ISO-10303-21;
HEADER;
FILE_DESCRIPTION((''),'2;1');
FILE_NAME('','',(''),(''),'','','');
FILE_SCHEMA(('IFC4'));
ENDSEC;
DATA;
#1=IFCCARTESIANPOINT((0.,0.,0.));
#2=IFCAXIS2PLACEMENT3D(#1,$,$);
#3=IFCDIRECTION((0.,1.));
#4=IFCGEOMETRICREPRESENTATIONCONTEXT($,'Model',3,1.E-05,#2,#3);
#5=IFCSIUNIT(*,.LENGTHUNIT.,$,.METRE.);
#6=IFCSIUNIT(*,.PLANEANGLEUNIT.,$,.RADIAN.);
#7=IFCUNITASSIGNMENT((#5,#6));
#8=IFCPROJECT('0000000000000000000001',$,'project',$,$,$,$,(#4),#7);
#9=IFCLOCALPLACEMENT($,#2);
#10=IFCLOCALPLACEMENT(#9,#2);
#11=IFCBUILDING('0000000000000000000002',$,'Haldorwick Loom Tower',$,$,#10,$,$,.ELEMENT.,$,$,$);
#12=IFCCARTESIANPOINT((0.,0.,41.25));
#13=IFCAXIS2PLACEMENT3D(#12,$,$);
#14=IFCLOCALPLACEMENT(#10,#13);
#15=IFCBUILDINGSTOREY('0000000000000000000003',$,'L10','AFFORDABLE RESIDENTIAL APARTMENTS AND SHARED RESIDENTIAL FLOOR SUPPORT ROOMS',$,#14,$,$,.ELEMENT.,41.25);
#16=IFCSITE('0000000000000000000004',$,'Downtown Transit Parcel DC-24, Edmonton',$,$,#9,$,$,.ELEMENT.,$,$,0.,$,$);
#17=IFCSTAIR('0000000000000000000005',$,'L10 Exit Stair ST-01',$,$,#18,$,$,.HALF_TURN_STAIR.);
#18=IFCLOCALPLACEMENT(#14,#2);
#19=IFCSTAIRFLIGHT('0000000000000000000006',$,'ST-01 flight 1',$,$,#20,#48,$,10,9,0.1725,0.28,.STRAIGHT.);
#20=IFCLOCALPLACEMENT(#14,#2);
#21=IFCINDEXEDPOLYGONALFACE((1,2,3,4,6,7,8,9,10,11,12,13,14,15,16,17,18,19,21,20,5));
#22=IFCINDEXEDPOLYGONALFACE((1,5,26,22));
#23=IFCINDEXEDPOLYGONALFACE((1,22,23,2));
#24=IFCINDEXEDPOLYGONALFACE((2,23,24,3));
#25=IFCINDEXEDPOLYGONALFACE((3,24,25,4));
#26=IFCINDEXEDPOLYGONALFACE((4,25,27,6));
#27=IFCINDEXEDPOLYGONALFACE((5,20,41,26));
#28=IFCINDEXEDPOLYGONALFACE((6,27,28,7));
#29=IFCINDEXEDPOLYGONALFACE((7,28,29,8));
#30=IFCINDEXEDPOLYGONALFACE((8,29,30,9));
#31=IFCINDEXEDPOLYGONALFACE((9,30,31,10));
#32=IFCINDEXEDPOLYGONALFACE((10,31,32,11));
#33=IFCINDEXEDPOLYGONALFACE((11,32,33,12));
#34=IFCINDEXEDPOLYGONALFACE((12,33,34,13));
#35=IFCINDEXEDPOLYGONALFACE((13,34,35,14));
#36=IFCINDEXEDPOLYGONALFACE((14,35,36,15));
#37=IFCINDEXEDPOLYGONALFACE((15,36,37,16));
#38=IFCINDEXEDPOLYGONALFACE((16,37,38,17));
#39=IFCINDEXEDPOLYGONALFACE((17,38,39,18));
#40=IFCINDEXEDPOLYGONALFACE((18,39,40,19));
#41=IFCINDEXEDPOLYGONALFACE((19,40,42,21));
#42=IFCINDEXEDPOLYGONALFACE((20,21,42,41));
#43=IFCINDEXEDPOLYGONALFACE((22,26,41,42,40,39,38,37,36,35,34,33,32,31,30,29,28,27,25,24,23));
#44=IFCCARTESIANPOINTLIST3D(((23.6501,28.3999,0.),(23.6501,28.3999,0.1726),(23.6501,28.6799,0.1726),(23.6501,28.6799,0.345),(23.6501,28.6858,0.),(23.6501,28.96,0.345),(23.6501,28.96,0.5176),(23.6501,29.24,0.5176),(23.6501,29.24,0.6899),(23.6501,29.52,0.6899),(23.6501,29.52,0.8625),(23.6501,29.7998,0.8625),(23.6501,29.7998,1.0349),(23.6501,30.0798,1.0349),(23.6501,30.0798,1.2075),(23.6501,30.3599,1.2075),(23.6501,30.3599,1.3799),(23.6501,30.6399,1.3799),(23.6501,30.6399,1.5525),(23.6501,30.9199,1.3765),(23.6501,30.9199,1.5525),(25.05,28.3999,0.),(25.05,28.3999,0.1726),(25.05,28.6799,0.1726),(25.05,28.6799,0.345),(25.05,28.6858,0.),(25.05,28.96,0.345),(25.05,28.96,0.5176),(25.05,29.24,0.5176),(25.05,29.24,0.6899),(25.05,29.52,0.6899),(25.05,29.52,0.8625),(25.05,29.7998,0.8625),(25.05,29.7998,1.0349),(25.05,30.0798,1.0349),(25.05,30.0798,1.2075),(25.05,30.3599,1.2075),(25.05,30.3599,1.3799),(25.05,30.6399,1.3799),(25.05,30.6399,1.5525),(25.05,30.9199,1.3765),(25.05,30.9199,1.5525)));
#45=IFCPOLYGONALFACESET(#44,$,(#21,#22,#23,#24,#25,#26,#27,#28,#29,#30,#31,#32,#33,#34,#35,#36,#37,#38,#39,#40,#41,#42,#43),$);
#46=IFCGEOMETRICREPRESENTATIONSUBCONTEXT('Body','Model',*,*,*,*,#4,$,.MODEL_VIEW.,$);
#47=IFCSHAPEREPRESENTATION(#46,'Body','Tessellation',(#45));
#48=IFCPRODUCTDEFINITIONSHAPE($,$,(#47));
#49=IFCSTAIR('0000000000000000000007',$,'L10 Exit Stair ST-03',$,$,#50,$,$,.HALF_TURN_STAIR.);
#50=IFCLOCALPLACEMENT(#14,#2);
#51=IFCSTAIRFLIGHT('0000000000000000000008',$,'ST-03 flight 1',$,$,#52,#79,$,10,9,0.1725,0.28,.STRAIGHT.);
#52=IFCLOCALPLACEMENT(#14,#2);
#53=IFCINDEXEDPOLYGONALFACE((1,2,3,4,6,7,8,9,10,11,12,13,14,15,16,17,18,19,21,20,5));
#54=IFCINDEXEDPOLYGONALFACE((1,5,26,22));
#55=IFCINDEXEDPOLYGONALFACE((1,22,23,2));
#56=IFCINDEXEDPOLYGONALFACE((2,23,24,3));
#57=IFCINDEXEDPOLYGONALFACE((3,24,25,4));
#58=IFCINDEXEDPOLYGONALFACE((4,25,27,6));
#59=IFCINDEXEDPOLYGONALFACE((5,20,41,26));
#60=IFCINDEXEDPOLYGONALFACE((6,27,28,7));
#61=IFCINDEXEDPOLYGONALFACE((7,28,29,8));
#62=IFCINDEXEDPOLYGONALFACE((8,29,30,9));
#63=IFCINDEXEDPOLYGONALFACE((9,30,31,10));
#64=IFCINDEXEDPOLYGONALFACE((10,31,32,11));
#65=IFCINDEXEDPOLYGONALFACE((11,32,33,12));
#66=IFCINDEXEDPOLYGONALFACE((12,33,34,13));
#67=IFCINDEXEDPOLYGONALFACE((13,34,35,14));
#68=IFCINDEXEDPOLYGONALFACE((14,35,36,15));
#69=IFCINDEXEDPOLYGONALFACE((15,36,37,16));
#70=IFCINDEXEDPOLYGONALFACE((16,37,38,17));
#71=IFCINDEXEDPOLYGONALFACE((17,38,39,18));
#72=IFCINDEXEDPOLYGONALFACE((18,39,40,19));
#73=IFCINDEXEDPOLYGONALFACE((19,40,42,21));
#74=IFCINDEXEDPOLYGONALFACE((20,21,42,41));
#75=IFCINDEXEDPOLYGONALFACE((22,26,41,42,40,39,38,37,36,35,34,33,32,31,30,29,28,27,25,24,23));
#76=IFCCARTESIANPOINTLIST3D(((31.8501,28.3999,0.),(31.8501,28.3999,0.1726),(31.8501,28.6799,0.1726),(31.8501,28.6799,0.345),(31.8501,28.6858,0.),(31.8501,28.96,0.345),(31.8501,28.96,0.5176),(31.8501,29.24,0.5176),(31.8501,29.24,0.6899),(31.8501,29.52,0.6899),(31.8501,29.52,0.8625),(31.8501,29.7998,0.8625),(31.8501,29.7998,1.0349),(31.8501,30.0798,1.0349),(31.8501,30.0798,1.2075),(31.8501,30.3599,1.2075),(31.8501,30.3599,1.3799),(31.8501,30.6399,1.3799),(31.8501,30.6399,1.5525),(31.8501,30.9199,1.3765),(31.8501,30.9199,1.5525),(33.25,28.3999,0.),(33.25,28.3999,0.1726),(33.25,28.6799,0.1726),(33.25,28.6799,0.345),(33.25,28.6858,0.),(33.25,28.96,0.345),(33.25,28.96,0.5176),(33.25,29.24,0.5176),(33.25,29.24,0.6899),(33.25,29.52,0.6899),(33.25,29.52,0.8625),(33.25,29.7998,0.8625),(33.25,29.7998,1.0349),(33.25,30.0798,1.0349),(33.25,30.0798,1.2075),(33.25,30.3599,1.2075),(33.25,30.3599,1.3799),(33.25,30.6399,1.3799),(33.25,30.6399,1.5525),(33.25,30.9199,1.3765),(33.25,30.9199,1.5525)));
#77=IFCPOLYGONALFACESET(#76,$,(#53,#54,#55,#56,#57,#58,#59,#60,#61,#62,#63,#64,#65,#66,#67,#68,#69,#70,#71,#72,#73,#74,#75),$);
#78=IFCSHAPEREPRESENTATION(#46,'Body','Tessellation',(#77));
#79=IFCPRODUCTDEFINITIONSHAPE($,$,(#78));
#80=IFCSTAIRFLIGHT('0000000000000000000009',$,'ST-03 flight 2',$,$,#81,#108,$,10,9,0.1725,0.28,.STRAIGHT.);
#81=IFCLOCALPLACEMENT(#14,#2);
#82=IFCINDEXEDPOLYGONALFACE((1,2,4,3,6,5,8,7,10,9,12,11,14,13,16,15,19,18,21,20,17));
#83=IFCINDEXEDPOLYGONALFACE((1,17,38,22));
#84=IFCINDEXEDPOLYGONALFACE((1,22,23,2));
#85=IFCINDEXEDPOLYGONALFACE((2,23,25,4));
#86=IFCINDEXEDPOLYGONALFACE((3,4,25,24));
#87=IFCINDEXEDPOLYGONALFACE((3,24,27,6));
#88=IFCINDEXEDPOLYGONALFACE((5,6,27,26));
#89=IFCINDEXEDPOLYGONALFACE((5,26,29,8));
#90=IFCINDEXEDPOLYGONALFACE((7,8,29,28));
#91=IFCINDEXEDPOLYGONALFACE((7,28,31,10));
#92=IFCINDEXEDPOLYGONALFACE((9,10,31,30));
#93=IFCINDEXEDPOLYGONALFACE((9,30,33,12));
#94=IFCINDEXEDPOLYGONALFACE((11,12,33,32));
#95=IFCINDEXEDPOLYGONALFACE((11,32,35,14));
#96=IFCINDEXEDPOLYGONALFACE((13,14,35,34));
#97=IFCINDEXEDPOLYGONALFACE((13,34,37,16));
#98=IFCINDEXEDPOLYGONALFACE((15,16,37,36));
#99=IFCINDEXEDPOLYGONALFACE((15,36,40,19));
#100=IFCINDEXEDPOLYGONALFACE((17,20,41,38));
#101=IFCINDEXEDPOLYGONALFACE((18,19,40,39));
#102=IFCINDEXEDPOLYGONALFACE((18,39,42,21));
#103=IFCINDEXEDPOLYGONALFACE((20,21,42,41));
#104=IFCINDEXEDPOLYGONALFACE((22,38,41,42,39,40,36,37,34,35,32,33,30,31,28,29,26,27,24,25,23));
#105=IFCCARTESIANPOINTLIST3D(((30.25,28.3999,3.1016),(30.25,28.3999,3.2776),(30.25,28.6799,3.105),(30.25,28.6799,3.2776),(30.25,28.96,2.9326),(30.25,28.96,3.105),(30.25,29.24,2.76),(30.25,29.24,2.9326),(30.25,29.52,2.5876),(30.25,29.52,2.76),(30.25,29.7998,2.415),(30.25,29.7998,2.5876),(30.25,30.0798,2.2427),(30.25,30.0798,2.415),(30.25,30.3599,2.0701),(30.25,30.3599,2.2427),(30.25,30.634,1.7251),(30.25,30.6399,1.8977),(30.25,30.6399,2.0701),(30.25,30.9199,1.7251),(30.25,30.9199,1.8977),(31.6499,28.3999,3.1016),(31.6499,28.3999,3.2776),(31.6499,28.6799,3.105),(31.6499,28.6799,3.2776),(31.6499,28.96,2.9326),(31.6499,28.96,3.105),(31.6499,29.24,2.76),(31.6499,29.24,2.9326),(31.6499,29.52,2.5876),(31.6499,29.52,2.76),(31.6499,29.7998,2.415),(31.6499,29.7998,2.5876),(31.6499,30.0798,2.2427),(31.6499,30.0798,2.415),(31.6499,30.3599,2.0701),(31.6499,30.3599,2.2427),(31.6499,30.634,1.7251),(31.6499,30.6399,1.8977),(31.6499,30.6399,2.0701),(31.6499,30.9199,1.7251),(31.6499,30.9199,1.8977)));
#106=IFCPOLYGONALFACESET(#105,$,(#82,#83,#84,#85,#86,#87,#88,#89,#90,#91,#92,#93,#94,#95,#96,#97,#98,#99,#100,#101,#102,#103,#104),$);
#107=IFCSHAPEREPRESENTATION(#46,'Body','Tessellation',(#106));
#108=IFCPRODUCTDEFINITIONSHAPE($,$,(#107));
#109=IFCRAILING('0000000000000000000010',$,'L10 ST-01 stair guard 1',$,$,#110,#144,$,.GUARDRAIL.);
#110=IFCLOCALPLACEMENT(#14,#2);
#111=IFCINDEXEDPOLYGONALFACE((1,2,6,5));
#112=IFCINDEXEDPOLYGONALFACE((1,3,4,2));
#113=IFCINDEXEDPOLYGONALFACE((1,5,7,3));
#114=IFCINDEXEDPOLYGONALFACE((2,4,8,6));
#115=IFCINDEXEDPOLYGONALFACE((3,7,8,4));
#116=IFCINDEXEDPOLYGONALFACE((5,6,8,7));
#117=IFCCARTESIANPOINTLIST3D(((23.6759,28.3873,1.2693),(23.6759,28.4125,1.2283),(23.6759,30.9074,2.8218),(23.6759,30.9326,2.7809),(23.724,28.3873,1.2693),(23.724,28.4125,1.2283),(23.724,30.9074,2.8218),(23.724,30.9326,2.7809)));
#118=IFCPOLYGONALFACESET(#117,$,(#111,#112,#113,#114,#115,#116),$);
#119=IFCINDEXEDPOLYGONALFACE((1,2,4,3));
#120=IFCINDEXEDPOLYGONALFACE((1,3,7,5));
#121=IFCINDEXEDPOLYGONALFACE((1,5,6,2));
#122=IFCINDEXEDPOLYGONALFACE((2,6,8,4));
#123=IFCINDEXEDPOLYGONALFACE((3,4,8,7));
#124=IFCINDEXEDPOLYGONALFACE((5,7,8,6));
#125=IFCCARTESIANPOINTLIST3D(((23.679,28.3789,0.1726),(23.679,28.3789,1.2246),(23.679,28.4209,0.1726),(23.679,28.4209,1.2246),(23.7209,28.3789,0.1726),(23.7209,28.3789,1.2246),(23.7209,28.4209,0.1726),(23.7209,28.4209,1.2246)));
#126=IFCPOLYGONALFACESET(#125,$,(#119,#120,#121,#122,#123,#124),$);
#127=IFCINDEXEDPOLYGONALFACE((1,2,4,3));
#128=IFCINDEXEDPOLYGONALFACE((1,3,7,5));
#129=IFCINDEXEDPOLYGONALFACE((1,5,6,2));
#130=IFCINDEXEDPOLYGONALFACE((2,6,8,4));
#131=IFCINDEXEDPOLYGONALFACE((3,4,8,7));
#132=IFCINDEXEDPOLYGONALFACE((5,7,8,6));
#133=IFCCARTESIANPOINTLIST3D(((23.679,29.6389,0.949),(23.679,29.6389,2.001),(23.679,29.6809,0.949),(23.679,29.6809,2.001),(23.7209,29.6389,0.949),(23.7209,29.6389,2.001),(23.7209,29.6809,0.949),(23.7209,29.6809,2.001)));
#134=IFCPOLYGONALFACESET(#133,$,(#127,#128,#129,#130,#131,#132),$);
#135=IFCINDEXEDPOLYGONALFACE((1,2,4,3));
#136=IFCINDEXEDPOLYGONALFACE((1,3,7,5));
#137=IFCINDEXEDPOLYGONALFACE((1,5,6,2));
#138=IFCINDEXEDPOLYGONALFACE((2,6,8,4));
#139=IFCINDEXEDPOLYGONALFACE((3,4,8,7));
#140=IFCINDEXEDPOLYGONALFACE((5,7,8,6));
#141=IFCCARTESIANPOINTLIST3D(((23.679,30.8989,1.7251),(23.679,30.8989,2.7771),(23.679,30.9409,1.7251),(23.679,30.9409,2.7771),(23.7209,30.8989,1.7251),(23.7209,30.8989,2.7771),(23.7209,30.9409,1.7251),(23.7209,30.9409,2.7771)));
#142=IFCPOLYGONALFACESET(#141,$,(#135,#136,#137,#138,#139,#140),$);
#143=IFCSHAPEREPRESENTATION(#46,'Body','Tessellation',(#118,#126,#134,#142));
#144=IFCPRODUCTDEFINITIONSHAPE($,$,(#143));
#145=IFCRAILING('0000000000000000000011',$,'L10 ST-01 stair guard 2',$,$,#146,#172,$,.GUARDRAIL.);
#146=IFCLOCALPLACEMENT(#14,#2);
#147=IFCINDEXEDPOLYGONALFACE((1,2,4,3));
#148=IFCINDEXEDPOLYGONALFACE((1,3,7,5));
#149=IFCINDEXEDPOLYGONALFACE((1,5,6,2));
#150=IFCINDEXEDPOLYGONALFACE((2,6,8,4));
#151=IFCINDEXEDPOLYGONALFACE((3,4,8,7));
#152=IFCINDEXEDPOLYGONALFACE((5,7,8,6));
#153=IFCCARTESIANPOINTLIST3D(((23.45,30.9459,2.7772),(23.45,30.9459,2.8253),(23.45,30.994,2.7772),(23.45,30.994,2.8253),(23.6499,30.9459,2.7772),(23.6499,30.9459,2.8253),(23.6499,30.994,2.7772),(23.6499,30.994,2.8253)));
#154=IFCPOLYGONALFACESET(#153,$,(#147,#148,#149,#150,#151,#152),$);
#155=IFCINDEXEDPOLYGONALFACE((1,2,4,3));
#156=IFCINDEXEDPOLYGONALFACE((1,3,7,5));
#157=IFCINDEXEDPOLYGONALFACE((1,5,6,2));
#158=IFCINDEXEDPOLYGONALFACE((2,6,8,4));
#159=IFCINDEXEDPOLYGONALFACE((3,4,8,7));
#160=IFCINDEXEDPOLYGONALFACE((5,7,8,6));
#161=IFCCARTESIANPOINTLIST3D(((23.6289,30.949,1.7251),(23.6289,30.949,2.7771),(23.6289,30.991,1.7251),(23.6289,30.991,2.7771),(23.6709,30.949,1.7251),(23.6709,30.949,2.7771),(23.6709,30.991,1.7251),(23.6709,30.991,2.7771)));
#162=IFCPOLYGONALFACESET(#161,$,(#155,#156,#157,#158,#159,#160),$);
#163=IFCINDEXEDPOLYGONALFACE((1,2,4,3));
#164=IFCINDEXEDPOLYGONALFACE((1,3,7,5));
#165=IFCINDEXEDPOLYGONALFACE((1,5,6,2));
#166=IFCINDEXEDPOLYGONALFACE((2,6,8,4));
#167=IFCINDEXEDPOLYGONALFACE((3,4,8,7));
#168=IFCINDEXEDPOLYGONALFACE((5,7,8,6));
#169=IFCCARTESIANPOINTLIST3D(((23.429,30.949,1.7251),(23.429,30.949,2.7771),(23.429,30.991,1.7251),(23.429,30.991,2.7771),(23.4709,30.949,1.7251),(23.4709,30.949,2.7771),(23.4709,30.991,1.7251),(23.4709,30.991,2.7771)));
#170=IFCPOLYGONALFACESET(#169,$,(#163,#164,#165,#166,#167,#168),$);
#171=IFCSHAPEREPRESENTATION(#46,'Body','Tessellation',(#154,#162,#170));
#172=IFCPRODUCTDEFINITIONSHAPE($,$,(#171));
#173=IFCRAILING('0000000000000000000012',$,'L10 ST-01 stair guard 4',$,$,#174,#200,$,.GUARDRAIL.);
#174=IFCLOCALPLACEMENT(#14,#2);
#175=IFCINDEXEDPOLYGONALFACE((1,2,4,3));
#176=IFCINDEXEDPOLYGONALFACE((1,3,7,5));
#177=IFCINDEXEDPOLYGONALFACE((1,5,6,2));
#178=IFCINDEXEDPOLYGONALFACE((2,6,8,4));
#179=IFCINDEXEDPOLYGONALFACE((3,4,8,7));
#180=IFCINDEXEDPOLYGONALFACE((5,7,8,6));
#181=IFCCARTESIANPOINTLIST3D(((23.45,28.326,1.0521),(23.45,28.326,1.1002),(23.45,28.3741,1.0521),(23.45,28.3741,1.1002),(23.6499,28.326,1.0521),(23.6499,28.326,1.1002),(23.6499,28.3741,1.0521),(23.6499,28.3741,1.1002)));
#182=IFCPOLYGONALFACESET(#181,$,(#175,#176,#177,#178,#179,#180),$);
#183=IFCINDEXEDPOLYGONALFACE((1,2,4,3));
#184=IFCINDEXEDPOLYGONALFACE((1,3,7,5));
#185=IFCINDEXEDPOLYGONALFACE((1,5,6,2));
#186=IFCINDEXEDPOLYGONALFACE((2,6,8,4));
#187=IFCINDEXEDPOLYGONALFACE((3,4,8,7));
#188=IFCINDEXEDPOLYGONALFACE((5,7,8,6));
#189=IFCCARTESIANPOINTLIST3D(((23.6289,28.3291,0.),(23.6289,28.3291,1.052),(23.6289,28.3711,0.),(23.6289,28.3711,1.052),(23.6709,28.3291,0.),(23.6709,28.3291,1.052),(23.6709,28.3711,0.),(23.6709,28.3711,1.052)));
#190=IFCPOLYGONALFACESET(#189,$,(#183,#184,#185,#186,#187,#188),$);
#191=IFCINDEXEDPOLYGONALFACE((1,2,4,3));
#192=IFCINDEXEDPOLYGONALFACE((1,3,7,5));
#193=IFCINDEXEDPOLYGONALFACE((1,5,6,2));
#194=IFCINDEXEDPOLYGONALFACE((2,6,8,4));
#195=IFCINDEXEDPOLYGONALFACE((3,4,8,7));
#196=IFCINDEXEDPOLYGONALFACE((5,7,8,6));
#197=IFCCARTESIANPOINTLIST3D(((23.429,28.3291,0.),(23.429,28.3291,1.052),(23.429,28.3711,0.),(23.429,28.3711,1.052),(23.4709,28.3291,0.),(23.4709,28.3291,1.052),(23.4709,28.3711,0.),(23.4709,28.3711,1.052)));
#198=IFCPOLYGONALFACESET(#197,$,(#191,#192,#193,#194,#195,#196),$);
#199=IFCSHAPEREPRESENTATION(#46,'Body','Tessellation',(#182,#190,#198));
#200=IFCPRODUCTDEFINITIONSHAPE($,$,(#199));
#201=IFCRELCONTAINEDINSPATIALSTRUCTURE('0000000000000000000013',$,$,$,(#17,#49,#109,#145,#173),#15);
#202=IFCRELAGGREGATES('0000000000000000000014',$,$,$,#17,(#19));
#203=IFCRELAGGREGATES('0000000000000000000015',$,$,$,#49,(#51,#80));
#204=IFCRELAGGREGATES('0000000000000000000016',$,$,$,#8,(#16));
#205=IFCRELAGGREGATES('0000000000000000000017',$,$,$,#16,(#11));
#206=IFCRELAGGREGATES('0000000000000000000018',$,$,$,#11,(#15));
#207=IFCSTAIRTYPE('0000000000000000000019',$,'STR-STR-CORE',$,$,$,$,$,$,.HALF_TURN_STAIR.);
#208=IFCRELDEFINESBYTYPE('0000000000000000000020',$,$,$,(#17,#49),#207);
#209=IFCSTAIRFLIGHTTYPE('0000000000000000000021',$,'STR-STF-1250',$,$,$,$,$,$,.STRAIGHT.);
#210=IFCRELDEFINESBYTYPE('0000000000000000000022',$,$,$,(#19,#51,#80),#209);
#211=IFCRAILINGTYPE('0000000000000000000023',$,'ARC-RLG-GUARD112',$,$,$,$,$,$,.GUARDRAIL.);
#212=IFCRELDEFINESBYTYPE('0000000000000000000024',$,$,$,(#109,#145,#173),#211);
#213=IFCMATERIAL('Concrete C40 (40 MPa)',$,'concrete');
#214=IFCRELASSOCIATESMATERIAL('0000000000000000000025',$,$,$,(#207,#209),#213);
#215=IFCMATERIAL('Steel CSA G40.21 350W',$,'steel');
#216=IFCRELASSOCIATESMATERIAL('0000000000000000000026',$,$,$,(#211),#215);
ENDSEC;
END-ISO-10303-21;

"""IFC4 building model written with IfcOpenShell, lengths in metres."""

from ifc_helpers import new_model, si_unit, direction, frame, origin, origin_2d, place, context, subcontext, project, spatial, polyline, rectangle, outline, extrude, material, type_object, element, aggregate, save


model = new_model("IFC4")

# Units and contexts
model_context = context("Model", 3, precision=1e-05, world=origin(), true_north=direction((0.0, 1.0)))
body_context = subcontext(model_context, "Body", "Model", "MODEL_VIEW")
ifc_project = project(units=[si_unit("LENGTHUNIT", "METRE"), si_unit("PLANEANGLEUNIT", "RADIAN")], contexts=[model_context])

# Site, building, storey
site_placement = place(None, origin())
site = spatial("IfcSite", under=ifc_project, at=site_placement, Name="Downtown Transit Parcel DC-24, Edmonton", CompositionType="ELEMENT", RefElevation=0.0)
building_placement = place(site_placement, origin())
building = spatial("IfcBuilding", under=site, at=building_placement, Name="Haldorwick Loom Tower", CompositionType="ELEMENT")
storey_placement = place(building_placement, frame((0.0, 0.0, 41.25)))
storey = spatial("IfcBuildingStorey", under=building, at=storey_placement, Name="L10", Description="AFFORDABLE RESIDENTIAL APARTMENTS AND SHARED RESIDENTIAL FLOOR SUPPORT ROOMS", CompositionType="ELEMENT", Elevation=41.25)

# Shared definitions
ifc_material_1 = material(Name="Steel CSA G40.21 350W", Category="steel")

# Stair, stair flight
ifc_material_2 = material(Name="Concrete C40 (40 MPa)", Category="concrete")
stair_type = type_object("IfcStairType", Name="STR-STR-CORE", PredefinedType="HALF_TURN_STAIR", material=ifc_material_2)
stair_1_placement = place(storey_placement, origin())
stair_1 = element("IfcStair", 1, at=stair_1_placement, inside=storey, type_object=stair_type, Name="L10 Exit Stair ST-01", PredefinedType="HALF_TURN_STAIR")
stair_flight_type = type_object("IfcStairFlightType", Name="STR-STF-1250", PredefinedType="STRAIGHT", material=ifc_material_2)
stair_flight_1_placement = place(storey_placement, frame((24.3501, 28.3999, 0.0), z_axis=(0.0, 0.0, 1.0), x_axis=(0.0, 1.0, 0.0)))
stair_flight_1 = element("IfcStairFlight", 2, at=stair_flight_1_placement, type_object=stair_flight_type, Name="ST-01 flight 1", NumberOfRisers=10, NumberOfTreads=9, PredefinedType="STRAIGHT", RiserHeight=0.1725, TreadLength=0.28, context=body_context, shape_type="SweptSolid", body=[
    extrude(outline(polyline([(0.0, 0.0), (0.0, 0.1726), (0.28, 0.1726), (0.28, 0.345), (0.5601, 0.345), (0.5601, 0.5176), (0.8401, 0.5176), (0.8401, 0.6899), (1.1201, 0.6899), (1.1201, 0.8625), (1.3999, 0.8625), (1.3999, 1.0349), (1.6799, 1.0349), (1.6799, 1.2075), (1.96, 1.2075), (1.96, 1.3799), (2.24, 1.3799), (2.24, 1.5525), (2.52, 1.5525), (2.52, 1.7251), (2.52, 1.3765), (0.2859, 0.0), (0.0, 0.0)])), frame((0.0, 0.7, 0.0), z_axis=(0.0, -1.0, 0.0), x_axis=(1.0, 0.0, 0.0)), (0.0, 0.0, 1.0), 1.3999),
])
aggregate(stair_1, [stair_flight_1])

# Stair, stair flights
stair_2_placement = place(storey_placement, origin())
stair_2 = element("IfcStair", 3, at=stair_2_placement, inside=storey, type_object=stair_type, Name="L10 Exit Stair ST-03", PredefinedType="HALF_TURN_STAIR")
stair_flight_2_placement = place(storey_placement, frame((32.55, 28.3999, 0.0), z_axis=(0.0, 0.0, 1.0), x_axis=(0.0, 1.0, 0.0)))
stair_flight_2 = element("IfcStairFlight", 4, at=stair_flight_2_placement, type_object=stair_flight_type, Name="ST-03 flight 1", NumberOfRisers=10, NumberOfTreads=9, PredefinedType="STRAIGHT", RiserHeight=0.1725, TreadLength=0.28, context=body_context, shape_type="SweptSolid", body=[
    extrude(outline(polyline([(0.0, 0.0), (0.0, 0.1726), (0.28, 0.1726), (0.28, 0.345), (0.5601, 0.345), (0.5601, 0.5176), (0.8401, 0.5176), (0.8401, 0.6899), (1.1201, 0.6899), (1.1201, 0.8625), (1.3999, 0.8625), (1.3999, 1.0349), (1.6799, 1.0349), (1.6799, 1.2075), (1.96, 1.2075), (1.96, 1.3799), (2.24, 1.3799), (2.24, 1.5525), (2.52, 1.5525), (2.52, 1.7251), (2.52, 1.3765), (0.2859, 0.0), (0.0, 0.0)])), frame((0.0, 0.7, 0.0), z_axis=(0.0, -1.0, 0.0), x_axis=(1.0, 0.0, 0.0)), (0.0, 0.0, 1.0), 1.3999),
])
stair_flight_3_placement = place(storey_placement, frame((30.95, 30.9199, 1.7251), z_axis=(0.0, 0.0, 1.0), x_axis=(0.0, -1.0, 0.0)))
stair_flight_3 = element("IfcStairFlight", 5, at=stair_flight_3_placement, type_object=stair_flight_type, Name="ST-03 flight 2", NumberOfRisers=10, NumberOfTreads=9, PredefinedType="STRAIGHT", RiserHeight=0.1725, TreadLength=0.28, context=body_context, shape_type="SweptSolid", body=[
    extrude(outline(polyline([(0.0, 0.0), (0.0, 0.1726), (0.28, 0.1726), (0.28, 0.345), (0.5601, 0.345), (0.5601, 0.5176), (0.8401, 0.5176), (0.8401, 0.6899), (1.1201, 0.6899), (1.1201, 0.8625), (1.3999, 0.8625), (1.3999, 1.0349), (1.6799, 1.0349), (1.6799, 1.2075), (1.96, 1.2075), (1.96, 1.3799), (2.24, 1.3799), (2.24, 1.5525), (2.52, 1.5525), (2.52, 1.7251), (2.52, 1.3765), (0.2859, 0.0), (0.0, 0.0)])), frame((0.0, 0.7, 0.0), z_axis=(0.0, -1.0, 0.0), x_axis=(1.0, 0.0, 0.0)), (0.0, 0.0, 1.0), 1.3999),
])
aggregate(stair_2, [stair_flight_2, stair_flight_3])

# Railings
railing_type_1 = type_object("IfcRailingType", Name="ARC-RLG-GUARD112", PredefinedType="GUARDRAIL", material=ifc_material_1)
railing_1_placement = place(storey_placement, frame((23.7, 28.3999, 0.1726)))
element("IfcRailing", 6, at=railing_1_placement, inside=storey, type_object=railing_type_1, Name="L10 ST-01 stair guard 1", PredefinedType="GUARDRAIL", context=body_context, shape_type="SweptSolid", body=[
    extrude(rectangle(XDim=0.0481, YDim=0.0481, at=origin_2d()), frame((0.0, 0.0, 1.0762), z_axis=(0.0, 0.8514, 0.524516), x_axis=(-1.0, 0.0, 0.0)), (0.0, 0.0, 1.0), 2.96),
    extrude(rectangle(XDim=0.042, YDim=0.042, at=origin_2d()), origin(), (0.0, 0.0, 1.0), 1.052),
    extrude(rectangle(XDim=0.042, YDim=0.042, at=origin_2d()), frame((0.0, 1.26, 0.7764)), (0.0, 0.0, 1.0), 1.052),
    extrude(rectangle(XDim=0.042, YDim=0.042, at=origin_2d()), frame((0.0, 2.52, 1.5525)), (0.0, 0.0, 1.0), 1.052),
])
for number, where, name in (
    (7, (23.6499, 30.97, 1.7251), "L10 ST-01 stair guard 2"),
    (8, (23.6499, 28.3501, 0.0), "L10 ST-01 stair guard 4"),
):
    element("IfcRailing", number, at=place(storey_placement, frame(where)), inside=storey, type_object=railing_type_1, Name=name, PredefinedType="GUARDRAIL", context=body_context, shape_type="SweptSolid", body=[
        extrude(rectangle(XDim=0.0481, YDim=0.0481, at=origin_2d()), frame((0.0, 0.0, 1.0762), z_axis=(-1.0, 0.0, 0.0), x_axis=(0.0, -1.0, 0.0)), (0.0, 0.0, 1.0), 0.2),
        extrude(rectangle(XDim=0.042, YDim=0.042, at=origin_2d()), origin(), (0.0, 0.0, 1.0), 1.052),
        extrude(rectangle(XDim=0.042, YDim=0.042, at=origin_2d()), frame((-0.2, 0.0, 0.0)), (0.0, 0.0, 1.0), 1.052),
    ])

save(model, "model.ifc")
